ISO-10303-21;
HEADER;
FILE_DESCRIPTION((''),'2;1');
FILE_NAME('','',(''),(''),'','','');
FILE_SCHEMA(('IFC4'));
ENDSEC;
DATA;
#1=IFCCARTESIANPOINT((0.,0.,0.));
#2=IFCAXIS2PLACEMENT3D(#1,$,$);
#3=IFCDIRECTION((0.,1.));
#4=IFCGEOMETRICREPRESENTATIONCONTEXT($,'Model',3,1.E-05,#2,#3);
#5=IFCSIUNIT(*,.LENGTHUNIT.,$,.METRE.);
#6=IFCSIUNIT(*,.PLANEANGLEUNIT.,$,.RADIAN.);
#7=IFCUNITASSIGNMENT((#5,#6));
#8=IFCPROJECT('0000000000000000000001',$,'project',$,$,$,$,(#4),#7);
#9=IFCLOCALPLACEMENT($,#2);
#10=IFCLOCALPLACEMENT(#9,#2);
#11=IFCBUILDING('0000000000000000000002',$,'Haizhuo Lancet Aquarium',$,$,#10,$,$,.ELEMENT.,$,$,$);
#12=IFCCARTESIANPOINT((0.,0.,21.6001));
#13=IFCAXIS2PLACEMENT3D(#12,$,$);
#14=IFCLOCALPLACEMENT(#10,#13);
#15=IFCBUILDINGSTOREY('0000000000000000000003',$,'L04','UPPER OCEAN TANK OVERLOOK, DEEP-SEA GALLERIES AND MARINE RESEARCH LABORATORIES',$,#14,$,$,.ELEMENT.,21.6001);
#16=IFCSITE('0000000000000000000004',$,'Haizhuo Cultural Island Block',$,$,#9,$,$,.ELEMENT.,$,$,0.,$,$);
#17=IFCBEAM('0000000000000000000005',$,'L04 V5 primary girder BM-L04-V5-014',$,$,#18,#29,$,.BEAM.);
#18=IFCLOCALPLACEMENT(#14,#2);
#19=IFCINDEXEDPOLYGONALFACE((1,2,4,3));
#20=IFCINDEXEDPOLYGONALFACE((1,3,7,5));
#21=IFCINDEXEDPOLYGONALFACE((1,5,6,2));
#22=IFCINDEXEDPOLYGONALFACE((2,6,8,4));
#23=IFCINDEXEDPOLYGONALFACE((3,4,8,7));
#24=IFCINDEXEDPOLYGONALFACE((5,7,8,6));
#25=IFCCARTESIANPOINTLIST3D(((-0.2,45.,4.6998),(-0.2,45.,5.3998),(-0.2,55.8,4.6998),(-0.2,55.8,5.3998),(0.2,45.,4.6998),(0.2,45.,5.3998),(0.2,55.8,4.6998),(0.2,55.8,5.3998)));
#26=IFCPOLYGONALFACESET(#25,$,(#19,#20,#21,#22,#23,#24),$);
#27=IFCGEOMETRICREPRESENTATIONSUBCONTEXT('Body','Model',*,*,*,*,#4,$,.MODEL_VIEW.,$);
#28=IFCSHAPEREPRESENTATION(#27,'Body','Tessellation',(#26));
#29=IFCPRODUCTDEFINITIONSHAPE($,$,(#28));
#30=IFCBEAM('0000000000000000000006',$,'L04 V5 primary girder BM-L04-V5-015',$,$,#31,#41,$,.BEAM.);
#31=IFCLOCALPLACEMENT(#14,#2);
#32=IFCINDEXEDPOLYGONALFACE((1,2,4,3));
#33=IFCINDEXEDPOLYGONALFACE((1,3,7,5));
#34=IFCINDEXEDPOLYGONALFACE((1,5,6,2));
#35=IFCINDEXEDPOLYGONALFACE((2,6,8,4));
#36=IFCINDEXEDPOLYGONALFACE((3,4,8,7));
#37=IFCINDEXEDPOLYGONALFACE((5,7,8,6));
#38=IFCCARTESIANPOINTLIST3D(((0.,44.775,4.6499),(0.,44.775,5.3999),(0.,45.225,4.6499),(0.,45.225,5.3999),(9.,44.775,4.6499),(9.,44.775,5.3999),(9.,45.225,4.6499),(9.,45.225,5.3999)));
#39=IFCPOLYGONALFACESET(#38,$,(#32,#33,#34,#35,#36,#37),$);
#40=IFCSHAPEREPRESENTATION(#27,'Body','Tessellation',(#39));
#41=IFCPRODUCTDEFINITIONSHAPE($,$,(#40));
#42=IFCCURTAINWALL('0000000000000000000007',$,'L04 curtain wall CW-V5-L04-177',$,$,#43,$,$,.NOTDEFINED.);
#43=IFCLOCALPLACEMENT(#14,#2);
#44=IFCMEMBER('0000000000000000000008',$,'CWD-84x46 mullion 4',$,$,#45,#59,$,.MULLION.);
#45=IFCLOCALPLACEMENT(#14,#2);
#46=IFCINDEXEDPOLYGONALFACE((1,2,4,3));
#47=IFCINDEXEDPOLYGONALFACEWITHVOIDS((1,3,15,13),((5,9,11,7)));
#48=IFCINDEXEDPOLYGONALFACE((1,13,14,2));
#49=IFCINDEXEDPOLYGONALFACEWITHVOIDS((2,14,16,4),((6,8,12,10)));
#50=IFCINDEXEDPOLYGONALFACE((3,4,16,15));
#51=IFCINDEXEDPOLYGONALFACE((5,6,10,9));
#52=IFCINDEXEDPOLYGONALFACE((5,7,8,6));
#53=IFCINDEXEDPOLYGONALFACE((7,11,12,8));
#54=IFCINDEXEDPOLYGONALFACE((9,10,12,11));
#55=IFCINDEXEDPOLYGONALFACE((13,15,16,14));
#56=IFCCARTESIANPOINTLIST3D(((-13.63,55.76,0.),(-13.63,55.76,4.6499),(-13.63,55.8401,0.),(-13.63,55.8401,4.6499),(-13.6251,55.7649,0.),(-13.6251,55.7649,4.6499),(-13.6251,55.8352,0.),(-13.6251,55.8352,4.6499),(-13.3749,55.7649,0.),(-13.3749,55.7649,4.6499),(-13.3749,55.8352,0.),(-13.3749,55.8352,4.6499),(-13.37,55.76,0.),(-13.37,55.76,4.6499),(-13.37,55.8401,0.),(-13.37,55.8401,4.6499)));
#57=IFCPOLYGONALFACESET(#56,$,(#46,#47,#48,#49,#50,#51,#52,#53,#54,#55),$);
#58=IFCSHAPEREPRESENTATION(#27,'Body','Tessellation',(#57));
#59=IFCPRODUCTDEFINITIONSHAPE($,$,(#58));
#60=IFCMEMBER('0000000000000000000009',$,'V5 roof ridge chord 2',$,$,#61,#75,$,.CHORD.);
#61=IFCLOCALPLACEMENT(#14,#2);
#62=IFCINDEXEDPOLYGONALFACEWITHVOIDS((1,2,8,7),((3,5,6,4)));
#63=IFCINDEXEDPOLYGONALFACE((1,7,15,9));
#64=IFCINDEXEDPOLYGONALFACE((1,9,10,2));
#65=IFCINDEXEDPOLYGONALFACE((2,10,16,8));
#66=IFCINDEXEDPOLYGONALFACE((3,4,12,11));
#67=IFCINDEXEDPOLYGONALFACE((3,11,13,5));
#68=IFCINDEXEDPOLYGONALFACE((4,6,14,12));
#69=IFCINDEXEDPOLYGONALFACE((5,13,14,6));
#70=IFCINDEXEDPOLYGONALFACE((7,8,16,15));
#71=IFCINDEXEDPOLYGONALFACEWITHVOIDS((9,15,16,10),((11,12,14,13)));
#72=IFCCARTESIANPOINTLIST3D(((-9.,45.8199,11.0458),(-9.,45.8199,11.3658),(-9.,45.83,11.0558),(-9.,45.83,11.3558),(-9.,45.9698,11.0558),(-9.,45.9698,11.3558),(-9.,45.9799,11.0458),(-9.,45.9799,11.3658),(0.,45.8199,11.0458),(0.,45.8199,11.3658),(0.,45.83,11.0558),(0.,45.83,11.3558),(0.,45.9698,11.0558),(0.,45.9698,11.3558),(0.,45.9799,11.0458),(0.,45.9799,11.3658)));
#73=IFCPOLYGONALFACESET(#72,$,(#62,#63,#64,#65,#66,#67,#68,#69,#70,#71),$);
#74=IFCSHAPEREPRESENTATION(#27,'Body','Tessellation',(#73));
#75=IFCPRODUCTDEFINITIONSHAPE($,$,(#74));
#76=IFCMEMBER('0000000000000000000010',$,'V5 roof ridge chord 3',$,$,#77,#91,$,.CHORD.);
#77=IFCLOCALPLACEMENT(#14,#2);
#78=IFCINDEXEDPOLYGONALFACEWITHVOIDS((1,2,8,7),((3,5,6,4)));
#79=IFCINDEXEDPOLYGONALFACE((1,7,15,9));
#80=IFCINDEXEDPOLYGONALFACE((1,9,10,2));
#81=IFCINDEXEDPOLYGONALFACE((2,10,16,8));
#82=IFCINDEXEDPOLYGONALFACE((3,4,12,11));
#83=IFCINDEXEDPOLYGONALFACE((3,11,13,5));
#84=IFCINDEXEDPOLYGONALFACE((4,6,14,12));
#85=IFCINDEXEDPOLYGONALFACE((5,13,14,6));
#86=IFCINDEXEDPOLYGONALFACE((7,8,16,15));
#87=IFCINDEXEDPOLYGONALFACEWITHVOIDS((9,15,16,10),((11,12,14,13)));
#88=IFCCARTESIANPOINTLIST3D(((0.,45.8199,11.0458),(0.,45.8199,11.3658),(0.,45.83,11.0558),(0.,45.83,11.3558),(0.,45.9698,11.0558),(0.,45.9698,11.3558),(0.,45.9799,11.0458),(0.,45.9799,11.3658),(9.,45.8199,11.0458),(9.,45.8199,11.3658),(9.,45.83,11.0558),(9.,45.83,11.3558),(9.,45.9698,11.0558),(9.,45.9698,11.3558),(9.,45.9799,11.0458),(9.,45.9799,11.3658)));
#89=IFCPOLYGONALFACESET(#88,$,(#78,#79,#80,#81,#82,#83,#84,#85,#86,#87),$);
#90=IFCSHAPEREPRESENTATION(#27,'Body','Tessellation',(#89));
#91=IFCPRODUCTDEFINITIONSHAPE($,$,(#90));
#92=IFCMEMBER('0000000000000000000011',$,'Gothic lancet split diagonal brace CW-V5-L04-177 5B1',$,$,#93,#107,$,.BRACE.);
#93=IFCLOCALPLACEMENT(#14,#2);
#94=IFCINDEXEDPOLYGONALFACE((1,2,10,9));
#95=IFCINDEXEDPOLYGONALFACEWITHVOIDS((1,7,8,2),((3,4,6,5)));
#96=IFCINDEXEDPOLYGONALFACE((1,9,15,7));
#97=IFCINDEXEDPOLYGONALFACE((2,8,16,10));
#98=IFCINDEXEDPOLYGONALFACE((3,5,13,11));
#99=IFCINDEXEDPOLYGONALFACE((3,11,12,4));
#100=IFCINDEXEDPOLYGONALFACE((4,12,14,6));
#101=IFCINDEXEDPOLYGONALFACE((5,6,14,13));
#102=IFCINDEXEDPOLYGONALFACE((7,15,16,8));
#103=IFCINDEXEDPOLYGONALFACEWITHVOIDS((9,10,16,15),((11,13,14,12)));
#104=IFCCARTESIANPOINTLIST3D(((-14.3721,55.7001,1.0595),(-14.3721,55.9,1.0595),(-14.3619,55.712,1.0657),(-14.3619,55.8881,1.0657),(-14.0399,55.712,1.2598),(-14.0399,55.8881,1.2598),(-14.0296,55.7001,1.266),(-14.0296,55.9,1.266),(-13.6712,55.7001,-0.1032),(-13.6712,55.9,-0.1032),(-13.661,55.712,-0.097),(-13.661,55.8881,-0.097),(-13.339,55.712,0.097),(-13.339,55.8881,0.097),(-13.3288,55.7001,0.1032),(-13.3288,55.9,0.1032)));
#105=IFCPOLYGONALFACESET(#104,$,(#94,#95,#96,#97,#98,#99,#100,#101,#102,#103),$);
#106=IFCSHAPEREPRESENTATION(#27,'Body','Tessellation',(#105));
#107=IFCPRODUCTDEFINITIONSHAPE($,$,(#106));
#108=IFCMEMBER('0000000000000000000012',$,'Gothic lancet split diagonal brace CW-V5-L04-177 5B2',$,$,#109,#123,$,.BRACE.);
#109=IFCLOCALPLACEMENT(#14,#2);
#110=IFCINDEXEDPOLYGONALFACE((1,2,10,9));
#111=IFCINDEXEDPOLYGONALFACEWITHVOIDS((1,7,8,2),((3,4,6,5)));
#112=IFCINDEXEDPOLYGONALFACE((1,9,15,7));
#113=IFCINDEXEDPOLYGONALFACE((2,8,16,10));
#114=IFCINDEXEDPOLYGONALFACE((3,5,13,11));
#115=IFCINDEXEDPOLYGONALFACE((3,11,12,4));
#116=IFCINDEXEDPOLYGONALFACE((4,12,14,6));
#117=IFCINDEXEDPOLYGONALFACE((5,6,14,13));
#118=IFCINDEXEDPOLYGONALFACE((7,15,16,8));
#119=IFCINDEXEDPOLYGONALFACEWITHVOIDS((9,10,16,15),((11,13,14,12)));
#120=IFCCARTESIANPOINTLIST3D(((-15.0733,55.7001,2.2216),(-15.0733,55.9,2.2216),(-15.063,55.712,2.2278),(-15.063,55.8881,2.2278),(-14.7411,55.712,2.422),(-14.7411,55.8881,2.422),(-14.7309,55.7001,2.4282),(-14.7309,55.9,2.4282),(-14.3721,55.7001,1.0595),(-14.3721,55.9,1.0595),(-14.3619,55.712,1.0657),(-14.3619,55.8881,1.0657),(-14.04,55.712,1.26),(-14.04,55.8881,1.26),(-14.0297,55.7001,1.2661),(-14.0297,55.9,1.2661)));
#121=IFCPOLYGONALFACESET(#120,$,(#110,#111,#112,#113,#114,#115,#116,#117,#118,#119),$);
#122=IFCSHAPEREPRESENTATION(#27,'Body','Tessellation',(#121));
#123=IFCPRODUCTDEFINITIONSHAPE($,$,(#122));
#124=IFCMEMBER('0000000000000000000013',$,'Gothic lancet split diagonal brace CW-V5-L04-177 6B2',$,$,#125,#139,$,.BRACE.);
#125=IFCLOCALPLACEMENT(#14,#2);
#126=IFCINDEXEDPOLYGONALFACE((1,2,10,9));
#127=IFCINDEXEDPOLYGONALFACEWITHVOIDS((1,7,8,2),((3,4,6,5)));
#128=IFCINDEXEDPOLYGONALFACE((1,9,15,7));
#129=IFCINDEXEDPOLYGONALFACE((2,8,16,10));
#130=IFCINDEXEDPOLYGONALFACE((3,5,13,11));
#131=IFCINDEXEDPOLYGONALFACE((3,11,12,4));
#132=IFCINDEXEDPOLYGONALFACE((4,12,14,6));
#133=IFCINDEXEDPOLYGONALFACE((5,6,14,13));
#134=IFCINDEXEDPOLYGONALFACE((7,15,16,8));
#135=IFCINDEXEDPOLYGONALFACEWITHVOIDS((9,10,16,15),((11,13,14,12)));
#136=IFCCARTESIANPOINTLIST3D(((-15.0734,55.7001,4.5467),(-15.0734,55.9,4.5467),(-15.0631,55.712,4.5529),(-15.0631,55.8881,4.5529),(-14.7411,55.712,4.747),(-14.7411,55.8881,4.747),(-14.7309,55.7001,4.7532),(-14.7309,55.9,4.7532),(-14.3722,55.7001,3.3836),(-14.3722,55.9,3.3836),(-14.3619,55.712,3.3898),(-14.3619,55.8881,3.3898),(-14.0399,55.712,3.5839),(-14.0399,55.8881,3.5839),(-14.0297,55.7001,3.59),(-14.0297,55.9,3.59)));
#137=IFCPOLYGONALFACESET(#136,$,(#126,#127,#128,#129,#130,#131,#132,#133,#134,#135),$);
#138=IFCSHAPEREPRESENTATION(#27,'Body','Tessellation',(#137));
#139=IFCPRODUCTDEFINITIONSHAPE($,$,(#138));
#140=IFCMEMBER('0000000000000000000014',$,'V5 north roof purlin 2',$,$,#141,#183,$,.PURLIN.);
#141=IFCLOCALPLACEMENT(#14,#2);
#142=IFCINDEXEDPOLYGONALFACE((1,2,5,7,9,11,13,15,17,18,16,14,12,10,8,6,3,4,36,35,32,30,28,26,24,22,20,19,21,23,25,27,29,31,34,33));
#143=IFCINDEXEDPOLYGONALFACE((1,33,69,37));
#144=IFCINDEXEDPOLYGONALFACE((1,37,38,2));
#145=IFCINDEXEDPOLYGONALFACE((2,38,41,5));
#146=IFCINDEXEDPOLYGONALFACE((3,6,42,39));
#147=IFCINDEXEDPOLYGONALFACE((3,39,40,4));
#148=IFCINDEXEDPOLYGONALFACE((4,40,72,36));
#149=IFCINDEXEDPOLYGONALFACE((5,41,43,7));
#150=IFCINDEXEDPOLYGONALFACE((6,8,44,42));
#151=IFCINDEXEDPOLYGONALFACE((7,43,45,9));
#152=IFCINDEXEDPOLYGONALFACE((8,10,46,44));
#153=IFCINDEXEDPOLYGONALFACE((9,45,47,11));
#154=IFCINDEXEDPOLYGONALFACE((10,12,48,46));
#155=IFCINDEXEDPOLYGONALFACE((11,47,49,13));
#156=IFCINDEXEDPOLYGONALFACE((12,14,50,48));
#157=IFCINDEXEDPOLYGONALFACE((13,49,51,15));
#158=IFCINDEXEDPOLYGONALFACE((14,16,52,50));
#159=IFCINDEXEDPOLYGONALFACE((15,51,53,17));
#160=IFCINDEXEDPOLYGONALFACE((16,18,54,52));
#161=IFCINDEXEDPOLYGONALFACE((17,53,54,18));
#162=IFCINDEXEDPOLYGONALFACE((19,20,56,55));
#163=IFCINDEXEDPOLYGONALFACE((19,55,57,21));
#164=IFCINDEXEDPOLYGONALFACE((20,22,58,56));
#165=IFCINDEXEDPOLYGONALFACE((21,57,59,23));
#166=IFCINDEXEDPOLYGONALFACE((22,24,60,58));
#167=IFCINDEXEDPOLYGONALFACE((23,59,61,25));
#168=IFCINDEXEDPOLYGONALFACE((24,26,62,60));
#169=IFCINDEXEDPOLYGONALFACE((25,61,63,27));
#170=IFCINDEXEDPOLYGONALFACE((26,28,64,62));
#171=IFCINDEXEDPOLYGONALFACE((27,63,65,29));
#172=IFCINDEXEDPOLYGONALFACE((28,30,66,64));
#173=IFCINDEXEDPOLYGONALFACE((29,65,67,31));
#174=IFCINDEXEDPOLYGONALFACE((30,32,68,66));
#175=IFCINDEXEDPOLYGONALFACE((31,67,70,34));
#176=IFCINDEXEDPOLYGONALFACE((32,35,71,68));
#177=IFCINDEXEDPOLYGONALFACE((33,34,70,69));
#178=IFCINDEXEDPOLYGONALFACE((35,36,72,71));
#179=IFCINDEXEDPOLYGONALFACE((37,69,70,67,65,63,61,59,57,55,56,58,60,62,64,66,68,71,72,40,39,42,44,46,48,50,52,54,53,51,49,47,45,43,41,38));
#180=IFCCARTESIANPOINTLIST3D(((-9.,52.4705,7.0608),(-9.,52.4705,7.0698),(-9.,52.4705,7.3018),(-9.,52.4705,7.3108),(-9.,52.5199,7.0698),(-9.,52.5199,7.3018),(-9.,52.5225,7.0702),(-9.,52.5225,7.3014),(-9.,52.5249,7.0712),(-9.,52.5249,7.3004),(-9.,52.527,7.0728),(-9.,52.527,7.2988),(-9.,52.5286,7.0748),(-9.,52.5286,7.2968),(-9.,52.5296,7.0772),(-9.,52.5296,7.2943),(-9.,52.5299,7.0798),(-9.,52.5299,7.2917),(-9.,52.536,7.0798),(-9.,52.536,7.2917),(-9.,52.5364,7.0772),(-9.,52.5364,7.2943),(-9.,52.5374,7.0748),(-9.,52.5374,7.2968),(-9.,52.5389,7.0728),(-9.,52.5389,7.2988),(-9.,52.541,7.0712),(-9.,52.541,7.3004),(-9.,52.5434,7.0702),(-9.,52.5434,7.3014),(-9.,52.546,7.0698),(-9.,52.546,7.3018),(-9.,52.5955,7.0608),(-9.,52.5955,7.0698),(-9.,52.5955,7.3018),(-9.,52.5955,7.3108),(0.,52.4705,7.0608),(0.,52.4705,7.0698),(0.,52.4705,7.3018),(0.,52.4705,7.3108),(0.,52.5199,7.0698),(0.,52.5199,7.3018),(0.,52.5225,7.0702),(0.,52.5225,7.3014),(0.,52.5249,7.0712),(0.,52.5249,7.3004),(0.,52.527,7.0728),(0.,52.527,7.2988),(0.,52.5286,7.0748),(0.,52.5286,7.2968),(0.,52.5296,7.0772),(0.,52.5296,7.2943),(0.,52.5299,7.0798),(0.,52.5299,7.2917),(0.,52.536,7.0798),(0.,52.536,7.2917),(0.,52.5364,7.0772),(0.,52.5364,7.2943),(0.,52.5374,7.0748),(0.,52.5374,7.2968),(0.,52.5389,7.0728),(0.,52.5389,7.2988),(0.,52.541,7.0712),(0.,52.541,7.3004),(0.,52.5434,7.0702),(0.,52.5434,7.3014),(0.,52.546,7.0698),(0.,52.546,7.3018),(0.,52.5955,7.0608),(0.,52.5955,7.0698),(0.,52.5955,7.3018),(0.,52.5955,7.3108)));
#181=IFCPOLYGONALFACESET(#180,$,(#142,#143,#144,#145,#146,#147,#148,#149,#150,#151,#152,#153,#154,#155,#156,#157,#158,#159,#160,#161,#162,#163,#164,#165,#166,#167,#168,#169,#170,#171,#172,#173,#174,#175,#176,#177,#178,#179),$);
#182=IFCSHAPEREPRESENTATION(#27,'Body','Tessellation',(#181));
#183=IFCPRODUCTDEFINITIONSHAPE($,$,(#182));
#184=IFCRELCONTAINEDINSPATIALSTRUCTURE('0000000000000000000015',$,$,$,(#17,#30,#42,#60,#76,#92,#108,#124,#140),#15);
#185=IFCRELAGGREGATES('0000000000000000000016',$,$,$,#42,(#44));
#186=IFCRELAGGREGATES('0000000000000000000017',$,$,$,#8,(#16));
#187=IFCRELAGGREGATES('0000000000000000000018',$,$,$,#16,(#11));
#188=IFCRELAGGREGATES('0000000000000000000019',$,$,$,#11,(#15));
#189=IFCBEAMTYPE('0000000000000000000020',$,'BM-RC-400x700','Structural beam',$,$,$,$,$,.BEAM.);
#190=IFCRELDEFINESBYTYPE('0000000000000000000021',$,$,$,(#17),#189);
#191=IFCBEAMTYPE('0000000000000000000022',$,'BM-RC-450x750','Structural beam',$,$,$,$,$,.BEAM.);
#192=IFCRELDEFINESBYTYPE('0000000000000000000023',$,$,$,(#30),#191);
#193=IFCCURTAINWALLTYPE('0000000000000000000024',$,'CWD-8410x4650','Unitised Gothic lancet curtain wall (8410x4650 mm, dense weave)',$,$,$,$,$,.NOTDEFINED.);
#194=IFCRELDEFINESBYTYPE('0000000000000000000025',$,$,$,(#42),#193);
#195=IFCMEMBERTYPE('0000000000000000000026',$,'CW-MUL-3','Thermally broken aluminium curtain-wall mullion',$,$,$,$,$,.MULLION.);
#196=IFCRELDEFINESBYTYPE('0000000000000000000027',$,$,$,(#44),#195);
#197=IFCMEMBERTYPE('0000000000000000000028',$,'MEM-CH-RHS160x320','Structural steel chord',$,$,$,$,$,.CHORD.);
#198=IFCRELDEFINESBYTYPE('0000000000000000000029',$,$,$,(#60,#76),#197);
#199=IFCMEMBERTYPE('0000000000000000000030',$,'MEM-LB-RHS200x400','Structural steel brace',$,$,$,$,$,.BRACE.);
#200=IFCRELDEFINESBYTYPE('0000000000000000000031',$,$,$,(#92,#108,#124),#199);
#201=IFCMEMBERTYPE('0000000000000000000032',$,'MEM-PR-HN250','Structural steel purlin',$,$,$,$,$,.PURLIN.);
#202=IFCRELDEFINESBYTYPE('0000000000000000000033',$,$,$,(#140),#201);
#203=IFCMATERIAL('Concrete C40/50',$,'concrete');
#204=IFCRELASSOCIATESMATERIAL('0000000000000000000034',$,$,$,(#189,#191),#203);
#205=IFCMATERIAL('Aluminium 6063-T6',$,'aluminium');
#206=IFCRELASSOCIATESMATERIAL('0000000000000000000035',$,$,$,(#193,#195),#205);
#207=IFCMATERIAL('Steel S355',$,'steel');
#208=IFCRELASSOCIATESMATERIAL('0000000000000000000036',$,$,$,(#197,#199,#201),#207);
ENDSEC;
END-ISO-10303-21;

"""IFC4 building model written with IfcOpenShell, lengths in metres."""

from ifc_helpers import new_model, si_unit, direction, frame, origin, origin_2d, place, context, subcontext, project, spatial, rectangle, hollow_rectangle, i_section, extrude, material, material_profile, profile_set, type_object, element, aggregate, save


model = new_model("IFC4")

# Units and contexts
model_context = context("Model", 3, precision=1e-05, world=origin(), true_north=direction((0.0, 1.0)))
body_context = subcontext(model_context, "Body", "Model", "MODEL_VIEW")
ifc_project = project(units=[si_unit("LENGTHUNIT", "METRE"), si_unit("PLANEANGLEUNIT", "RADIAN")], contexts=[model_context])

# Site, building, storey
site_placement = place(None, origin())
site = spatial("IfcSite", under=ifc_project, at=site_placement, Name="Haizhuo Cultural Island Block", CompositionType="ELEMENT", RefElevation=0.0)
building_placement = place(site_placement, origin())
building = spatial("IfcBuilding", under=site, at=building_placement, Name="Haizhuo Lancet Aquarium", CompositionType="ELEMENT")
storey_placement = place(building_placement, frame((0.0, 0.0, 21.6001)))
storey = spatial("IfcBuildingStorey", under=building, at=storey_placement, Name="L04", Description="UPPER OCEAN TANK OVERLOOK, DEEP-SEA GALLERIES AND MARINE RESEARCH LABORATORIES", CompositionType="ELEMENT", Elevation=21.6001)

# Beams
ifc_material_1 = material(Name="Concrete C40/50", Category="concrete")
ifc_material_profile_1 = material_profile(ifc_material_1, rectangle(XDim=0.3999, YDim=0.7, at=origin_2d()), Name="RC-BM 400x700")
ifc_profile_set_1 = profile_set([ifc_material_profile_1], Name="Concrete C40/50")
beam_type_1 = type_object("IfcBeamType", Name="BM-RC-400x700", Description="Structural beam", PredefinedType="BEAM", material=ifc_profile_set_1)
beam_1_placement = place(storey_placement, frame((0.0, 45.0, 5.0498), z_axis=(0.0, 1.0, 0.0), x_axis=(-1.0, 0.0, 0.0)))
element("IfcBeam", 1, at=beam_1_placement, inside=storey, type_object=beam_type_1, Name="L04 V5 primary girder BM-L04-V5-014", PredefinedType="BEAM", context=body_context, shape_type="SweptSolid", body=[
    extrude(rectangle(XDim=0.3999, YDim=0.7, at=origin_2d()), origin(), (0.0, 0.0, 1.0), 10.8),
])
ifc_material_profile_2 = material_profile(ifc_material_1, rectangle(XDim=0.45, YDim=0.75, at=origin_2d()), Name="RC-BM 450x750")
ifc_profile_set_2 = profile_set([ifc_material_profile_2], Name="Concrete C40/50")
beam_type_2 = type_object("IfcBeamType", Name="BM-RC-450x750", Description="Structural beam", PredefinedType="BEAM", material=ifc_profile_set_2)
beam_2_placement = place(storey_placement, frame((0.0, 45.0, 5.0249), z_axis=(1.0, 0.0, 0.0), x_axis=(0.0, 1.0, 0.0)))
element("IfcBeam", 2, at=beam_2_placement, inside=storey, type_object=beam_type_2, Name="L04 V5 primary girder BM-L04-V5-015", PredefinedType="BEAM", context=body_context, shape_type="SweptSolid", body=[
    extrude(rectangle(XDim=0.45, YDim=0.75, at=origin_2d()), origin(), (0.0, 0.0, 1.0), 9.0),
])

# Curtain wall, member
ifc_material_2 = material(Name="Aluminium 6063-T6", Category="aluminium")
curtain_wall_type = type_object("IfcCurtainWallType", Name="CWD-8410x4650", Description="Unitised Gothic lancet curtain wall (8410x4650 mm, dense weave)", PredefinedType="NOTDEFINED", material=ifc_material_2)
curtain_wall_placement = place(storey_placement, origin())
curtain_wall = element("IfcCurtainWall", 3, at=curtain_wall_placement, inside=storey, type_object=curtain_wall_type, Name="L04 curtain wall CW-V5-L04-177", PredefinedType="NOTDEFINED")
ifc_material_profile_3 = material_profile(ifc_material_2, hollow_rectangle(XDim=0.0801, YDim=0.26, WallThickness=0.0049, at=origin_2d()), Name="ALU-M 80x260x5")
ifc_profile_set_3 = profile_set([ifc_material_profile_3], Name="Aluminium 6063-T6")
member_type_1 = type_object("IfcMemberType", Name="CW-MUL-3", Description="Thermally broken aluminium curtain-wall mullion", PredefinedType="MULLION", material=ifc_profile_set_3)
member_1_placement = place(storey_placement, frame((-13.5, 55.8, 0.0), z_axis=(0.0, 0.0, 1.0), x_axis=(0.0, 1.0, 0.0)))
member_1 = element("IfcMember", 4, at=member_1_placement, type_object=member_type_1, Name="CWD-84x46 mullion 4", PredefinedType="MULLION", context=body_context, shape_type="SweptSolid", body=[
    extrude(hollow_rectangle(XDim=0.0801, YDim=0.26, WallThickness=0.0049, at=origin_2d()), origin(), (0.0, 0.0, 1.0), 4.6499),
])

# Members
ifc_material_3 = material(Name="Steel S355", Category="steel")
ifc_material_profile_4 = material_profile(ifc_material_3, hollow_rectangle(XDim=0.1599, YDim=0.3201, WallThickness=0.01, at=origin_2d()), Name="RHS 160x320x10")
ifc_profile_set_4 = profile_set([ifc_material_profile_4], Name="Steel S355")
member_type_2 = type_object("IfcMemberType", Name="MEM-CH-RHS160x320", Description="Structural steel chord", PredefinedType="CHORD", material=ifc_profile_set_4)
for number, where, z_axis, x_axis, name in (
    (5, (-9.0, 45.8999, 11.2058), (1.0, 0.0, 0.0), (0.0, 1.0, 0.0), "V5 roof ridge chord 2"),
    (6, (0.0, 45.8999, 11.2058), (1.0, 0.0, 0.0), (0.0, 1.0, 0.0), "V5 roof ridge chord 3"),
):
    element("IfcMember", number, at=place(storey_placement, frame(where, z_axis=z_axis, x_axis=x_axis)), inside=storey, type_object=member_type_2, Name=name, PredefinedType="CHORD", context=body_context, shape_type="SweptSolid", body=[
        extrude(hollow_rectangle(XDim=0.1599, YDim=0.3201, WallThickness=0.01, at=origin_2d()), origin(), (0.0, 0.0, 1.0), 9.0),
    ])
ifc_material_profile_5 = material_profile(ifc_material_3, hollow_rectangle(XDim=0.2, YDim=0.3999, WallThickness=0.012, at=origin_2d()), Name="RHS 200x400x12")
ifc_profile_set_5 = profile_set([ifc_material_profile_5], Name="Steel S355")
member_type_3 = type_object("IfcMemberType", Name="MEM-LB-RHS200x400", Description="Structural steel brace", PredefinedType="BRACE", material=ifc_profile_set_5)
member_2_placement = place(storey_placement, frame((-13.5, 55.8, 0.0), z_axis=(-0.51624, 0.0, 0.856444), x_axis=(0.0, -1.0, 0.0)))
element("IfcMember", 7, at=member_2_placement, inside=storey, type_object=member_type_3, Name="Gothic lancet split diagonal brace CW-V5-L04-177 5B1", PredefinedType="BRACE", context=body_context, shape_type="SweptSolid", body=[
    extrude(hollow_rectangle(XDim=0.2, YDim=0.3999, WallThickness=0.012, at=origin_2d()), origin(), (0.0, 0.0, 1.0), 1.3577),
])
member_3_placement = place(storey_placement, frame((-14.2009, 55.8, 1.1628), z_axis=(-0.51661, 0.0, 0.856221), x_axis=(0.0, -1.0, 0.0)))
element("IfcMember", 8, at=member_3_placement, inside=storey, type_object=member_type_3, Name="Gothic lancet split diagonal brace CW-V5-L04-177 5B2", PredefinedType="BRACE", context=body_context, shape_type="SweptSolid", body=[
    extrude(hollow_rectangle(XDim=0.2, YDim=0.3999, WallThickness=0.012, at=origin_2d()), origin(), (0.0, 0.0, 1.0), 1.3572),
])
member_4_placement = place(storey_placement, frame((-14.2009, 55.8, 3.4868), z_axis=(-0.516292, 0.0, 0.856412), x_axis=(0.0, -1.0, 0.0)))
element("IfcMember", 9, at=member_4_placement, inside=storey, type_object=member_type_3, Name="Gothic lancet split diagonal brace CW-V5-L04-177 6B2", PredefinedType="BRACE", context=body_context, shape_type="SweptSolid", body=[
    extrude(hollow_rectangle(XDim=0.2, YDim=0.3999, WallThickness=0.012, at=origin_2d()), origin(), (0.0, 0.0, 1.0), 1.3582),
])
ifc_material_profile_6 = material_profile(ifc_material_3, i_section(OverallWidth=0.125, OverallDepth=0.25, WebThickness=0.0061, FlangeThickness=0.009, FilletRadius=0.01, at=origin_2d()), Name="HN 250x125x6x9")
ifc_profile_set_6 = profile_set([ifc_material_profile_6], Name="Steel S355")
member_type_4 = type_object("IfcMemberType", Name="MEM-PR-HN250", Description="Structural steel purlin", PredefinedType="PURLIN", material=ifc_profile_set_6)
for number, where, z_axis, x_axis, name in (
    (10, (-9.0, 52.533, 7.1858), (1.0, 0.0, 0.0), (0.0, 1.0, 0.0), "V5 north roof purlin 2"),
):
    element("IfcMember", number, at=place(storey_placement, frame(where, z_axis=z_axis, x_axis=x_axis)), inside=storey, type_object=member_type_4, Name=name, PredefinedType="PURLIN", context=body_context, shape_type="SweptSolid", body=[
        extrude(i_section(OverallWidth=0.125, OverallDepth=0.25, WebThickness=0.0061, FlangeThickness=0.009, FilletRadius=0.01, at=origin_2d()), origin(), (0.0, 0.0, 1.0), 9.0),
    ])

aggregate(curtain_wall, [member_1])

save(model, "model.ifc")
